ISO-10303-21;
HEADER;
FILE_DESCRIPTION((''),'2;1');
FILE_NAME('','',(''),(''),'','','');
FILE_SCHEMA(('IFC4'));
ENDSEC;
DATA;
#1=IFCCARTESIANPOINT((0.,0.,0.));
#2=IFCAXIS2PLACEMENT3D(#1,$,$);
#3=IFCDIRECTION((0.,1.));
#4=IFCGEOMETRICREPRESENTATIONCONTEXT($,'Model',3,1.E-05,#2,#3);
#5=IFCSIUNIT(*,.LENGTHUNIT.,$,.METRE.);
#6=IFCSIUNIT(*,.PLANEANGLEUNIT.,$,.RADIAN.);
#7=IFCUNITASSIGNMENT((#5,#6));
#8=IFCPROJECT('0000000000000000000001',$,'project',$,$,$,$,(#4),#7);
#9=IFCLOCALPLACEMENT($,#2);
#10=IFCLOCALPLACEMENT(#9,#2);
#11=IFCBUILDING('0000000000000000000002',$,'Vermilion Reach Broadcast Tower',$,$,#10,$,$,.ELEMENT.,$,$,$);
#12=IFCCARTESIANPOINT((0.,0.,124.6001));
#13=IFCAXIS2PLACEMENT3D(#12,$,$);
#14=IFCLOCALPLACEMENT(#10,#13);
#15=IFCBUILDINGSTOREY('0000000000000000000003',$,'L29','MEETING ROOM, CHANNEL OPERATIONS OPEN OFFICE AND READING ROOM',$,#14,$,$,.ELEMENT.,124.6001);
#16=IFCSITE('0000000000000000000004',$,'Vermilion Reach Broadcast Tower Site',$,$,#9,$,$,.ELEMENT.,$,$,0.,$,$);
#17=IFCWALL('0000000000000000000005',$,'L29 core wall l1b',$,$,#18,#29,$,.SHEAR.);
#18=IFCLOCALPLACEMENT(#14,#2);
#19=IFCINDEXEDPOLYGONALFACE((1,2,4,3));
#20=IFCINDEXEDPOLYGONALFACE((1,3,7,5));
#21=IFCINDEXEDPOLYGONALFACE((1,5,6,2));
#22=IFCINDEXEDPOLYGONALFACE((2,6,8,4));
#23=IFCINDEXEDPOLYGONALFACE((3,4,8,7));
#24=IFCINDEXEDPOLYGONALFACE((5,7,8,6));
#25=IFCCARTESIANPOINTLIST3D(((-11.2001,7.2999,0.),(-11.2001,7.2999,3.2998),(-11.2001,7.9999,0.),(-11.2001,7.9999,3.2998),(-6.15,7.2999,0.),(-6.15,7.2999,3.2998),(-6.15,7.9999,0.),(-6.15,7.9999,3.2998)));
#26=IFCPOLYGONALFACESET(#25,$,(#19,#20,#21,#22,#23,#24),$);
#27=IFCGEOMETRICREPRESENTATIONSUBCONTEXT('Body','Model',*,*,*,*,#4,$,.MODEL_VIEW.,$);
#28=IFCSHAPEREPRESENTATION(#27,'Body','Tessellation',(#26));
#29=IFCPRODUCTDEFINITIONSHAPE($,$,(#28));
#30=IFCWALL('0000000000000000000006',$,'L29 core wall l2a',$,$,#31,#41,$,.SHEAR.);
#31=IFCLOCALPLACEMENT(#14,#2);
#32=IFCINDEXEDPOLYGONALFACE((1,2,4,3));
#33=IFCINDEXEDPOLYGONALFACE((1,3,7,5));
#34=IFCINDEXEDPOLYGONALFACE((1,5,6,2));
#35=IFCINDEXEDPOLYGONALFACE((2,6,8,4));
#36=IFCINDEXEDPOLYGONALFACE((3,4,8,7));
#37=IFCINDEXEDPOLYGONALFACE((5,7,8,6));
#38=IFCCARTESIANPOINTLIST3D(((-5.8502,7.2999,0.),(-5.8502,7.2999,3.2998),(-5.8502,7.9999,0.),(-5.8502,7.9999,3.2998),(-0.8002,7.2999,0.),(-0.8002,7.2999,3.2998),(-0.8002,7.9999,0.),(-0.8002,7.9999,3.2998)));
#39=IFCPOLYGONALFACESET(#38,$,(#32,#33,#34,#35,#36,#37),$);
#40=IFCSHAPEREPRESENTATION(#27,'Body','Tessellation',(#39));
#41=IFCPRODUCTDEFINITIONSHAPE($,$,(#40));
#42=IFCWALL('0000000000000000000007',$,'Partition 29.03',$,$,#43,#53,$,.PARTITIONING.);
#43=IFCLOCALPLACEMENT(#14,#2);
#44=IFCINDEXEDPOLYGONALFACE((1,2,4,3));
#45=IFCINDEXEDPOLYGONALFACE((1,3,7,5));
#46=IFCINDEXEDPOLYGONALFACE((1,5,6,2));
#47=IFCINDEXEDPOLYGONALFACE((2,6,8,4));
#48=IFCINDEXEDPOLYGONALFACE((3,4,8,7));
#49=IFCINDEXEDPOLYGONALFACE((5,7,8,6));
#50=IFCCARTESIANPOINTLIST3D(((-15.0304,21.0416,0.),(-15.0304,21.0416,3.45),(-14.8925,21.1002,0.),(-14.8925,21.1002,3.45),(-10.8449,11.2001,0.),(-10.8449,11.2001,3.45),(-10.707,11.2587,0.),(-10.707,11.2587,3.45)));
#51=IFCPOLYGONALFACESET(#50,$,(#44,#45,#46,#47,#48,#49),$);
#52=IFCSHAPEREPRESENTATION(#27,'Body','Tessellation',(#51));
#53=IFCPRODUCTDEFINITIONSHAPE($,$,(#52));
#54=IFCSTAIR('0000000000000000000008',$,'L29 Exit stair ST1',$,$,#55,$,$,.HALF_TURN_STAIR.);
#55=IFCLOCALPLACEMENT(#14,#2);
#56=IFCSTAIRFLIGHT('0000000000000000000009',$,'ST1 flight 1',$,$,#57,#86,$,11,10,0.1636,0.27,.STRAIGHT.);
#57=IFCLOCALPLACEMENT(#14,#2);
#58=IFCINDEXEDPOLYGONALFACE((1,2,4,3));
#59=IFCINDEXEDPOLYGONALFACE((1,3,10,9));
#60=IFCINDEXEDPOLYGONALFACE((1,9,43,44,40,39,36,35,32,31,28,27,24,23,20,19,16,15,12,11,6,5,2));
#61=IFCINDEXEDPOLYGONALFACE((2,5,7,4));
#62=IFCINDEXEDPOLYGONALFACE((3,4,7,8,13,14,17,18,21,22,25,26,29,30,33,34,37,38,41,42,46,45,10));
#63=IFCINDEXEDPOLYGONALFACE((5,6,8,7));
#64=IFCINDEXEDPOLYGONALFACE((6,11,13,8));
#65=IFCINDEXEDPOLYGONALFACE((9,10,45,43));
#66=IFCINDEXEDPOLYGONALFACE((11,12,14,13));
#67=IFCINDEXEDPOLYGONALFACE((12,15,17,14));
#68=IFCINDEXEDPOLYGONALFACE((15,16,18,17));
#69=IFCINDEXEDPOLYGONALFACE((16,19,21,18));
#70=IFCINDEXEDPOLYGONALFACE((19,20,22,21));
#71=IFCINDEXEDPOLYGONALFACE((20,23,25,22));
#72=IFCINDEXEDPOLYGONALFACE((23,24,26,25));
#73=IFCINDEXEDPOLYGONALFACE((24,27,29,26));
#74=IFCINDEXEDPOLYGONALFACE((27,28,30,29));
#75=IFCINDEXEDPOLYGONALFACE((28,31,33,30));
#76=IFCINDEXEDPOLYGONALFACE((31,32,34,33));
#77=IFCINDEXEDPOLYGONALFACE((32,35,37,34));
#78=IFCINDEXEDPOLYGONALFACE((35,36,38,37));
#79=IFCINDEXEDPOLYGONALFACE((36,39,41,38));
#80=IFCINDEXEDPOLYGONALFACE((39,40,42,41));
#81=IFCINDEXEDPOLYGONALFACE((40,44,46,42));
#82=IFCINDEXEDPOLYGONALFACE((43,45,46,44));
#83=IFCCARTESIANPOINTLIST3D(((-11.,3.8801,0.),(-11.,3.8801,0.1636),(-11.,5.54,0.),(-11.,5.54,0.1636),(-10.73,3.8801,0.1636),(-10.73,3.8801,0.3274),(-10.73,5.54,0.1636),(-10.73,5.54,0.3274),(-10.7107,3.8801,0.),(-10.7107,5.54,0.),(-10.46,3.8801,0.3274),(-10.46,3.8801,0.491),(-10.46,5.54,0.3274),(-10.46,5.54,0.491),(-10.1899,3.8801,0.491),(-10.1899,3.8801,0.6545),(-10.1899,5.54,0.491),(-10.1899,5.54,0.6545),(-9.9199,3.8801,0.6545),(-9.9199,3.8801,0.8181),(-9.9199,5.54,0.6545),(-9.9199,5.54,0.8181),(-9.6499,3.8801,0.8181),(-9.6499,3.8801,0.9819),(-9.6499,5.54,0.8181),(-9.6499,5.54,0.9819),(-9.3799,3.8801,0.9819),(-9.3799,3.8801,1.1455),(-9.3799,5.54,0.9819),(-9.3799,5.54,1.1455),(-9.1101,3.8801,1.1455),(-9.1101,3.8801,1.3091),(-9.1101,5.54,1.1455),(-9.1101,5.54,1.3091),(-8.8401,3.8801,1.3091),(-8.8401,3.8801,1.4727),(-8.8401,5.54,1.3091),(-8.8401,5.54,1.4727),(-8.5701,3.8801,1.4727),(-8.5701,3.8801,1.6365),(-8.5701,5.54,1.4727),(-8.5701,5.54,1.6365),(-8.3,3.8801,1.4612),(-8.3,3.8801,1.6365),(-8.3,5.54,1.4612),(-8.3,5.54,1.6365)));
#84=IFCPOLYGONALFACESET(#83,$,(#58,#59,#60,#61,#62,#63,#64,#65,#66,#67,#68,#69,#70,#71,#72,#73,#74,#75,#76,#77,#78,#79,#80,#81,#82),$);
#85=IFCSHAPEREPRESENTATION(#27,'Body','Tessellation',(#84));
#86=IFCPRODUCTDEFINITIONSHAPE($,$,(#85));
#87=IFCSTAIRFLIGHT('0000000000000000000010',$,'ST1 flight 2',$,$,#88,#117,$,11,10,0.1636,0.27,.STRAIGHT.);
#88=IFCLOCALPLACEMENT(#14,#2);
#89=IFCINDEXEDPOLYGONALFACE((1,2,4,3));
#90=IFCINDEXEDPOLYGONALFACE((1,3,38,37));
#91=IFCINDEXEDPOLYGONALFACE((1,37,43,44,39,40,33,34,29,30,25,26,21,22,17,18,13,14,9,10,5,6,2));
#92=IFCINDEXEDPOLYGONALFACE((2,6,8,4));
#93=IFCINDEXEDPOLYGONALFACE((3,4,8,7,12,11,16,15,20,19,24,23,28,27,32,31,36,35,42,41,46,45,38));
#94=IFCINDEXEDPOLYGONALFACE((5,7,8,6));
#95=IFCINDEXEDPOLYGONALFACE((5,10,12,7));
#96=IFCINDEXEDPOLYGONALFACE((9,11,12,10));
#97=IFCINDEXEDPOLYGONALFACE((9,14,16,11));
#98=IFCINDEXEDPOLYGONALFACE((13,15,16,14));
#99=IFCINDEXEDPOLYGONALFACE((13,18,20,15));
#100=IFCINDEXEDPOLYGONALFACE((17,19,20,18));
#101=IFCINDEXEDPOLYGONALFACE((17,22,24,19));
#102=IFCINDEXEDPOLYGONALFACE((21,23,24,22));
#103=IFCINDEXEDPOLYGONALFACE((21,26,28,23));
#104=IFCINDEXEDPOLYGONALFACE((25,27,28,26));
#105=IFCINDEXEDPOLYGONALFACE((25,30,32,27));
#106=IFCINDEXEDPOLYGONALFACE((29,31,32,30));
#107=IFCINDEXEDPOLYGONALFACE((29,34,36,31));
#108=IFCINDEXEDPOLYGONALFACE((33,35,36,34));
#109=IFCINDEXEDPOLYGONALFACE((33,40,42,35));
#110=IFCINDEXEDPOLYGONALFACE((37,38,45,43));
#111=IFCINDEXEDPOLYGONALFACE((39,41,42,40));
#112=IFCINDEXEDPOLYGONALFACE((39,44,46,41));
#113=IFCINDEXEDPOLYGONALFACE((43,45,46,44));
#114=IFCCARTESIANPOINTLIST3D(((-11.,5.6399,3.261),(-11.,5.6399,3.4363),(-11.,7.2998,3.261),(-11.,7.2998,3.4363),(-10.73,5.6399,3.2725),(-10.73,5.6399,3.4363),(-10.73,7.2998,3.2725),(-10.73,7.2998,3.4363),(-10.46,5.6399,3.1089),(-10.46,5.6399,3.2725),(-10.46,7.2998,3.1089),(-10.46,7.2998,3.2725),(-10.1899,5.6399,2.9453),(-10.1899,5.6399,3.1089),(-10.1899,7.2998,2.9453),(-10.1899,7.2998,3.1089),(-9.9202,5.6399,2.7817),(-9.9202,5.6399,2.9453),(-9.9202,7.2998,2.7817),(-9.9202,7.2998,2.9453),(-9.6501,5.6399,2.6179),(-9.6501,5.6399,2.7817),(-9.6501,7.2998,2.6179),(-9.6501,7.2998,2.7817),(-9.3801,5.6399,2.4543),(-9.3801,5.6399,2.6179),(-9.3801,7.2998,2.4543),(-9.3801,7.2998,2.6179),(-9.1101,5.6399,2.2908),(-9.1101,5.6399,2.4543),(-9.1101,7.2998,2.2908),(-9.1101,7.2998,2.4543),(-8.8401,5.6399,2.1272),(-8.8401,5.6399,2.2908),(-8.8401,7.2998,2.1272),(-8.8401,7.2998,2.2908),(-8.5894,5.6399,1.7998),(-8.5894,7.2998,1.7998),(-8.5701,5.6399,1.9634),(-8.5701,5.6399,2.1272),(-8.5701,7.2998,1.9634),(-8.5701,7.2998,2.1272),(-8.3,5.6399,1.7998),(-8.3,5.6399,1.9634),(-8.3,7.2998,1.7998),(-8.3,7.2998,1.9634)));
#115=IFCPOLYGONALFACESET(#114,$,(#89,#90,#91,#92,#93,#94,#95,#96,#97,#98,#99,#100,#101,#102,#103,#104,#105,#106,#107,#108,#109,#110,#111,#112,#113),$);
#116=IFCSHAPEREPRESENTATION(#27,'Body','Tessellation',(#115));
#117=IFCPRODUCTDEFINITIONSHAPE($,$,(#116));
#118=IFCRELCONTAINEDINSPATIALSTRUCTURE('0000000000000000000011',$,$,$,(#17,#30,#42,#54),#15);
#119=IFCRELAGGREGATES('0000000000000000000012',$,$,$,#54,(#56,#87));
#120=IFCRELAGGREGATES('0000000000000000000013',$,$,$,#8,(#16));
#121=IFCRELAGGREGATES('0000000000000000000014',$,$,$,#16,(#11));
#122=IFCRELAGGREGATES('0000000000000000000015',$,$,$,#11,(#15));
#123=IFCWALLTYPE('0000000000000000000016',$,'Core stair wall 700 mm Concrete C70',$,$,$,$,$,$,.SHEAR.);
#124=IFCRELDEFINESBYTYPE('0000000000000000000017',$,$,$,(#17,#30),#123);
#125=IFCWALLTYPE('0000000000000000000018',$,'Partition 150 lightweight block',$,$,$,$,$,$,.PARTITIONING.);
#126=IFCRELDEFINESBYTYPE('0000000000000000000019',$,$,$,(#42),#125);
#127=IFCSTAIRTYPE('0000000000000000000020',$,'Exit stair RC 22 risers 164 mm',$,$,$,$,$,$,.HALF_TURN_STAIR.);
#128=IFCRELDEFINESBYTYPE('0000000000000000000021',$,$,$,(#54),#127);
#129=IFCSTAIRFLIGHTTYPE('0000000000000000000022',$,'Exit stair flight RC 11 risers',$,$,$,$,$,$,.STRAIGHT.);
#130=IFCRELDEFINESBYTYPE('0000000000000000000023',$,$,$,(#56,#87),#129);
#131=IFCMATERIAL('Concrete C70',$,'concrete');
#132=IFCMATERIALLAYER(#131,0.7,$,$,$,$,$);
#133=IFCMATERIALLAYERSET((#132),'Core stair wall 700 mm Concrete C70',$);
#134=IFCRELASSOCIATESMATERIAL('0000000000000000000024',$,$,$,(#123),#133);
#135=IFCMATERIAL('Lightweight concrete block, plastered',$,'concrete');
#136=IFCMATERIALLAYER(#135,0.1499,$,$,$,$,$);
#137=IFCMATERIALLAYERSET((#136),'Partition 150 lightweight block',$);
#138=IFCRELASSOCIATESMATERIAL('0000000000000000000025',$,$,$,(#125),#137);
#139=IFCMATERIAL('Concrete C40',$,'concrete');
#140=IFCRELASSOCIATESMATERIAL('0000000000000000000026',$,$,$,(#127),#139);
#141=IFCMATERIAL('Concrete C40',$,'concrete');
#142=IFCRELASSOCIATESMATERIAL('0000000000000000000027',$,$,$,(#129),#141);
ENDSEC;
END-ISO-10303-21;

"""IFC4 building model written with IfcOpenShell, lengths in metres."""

from ifc_helpers import new_model, si_unit, direction, frame, frame_2d, origin, place, context, subcontext, project, spatial, polyline, rectangle, outline, extrude, material, layer, layer_set, type_object, element, aggregate, save


model = new_model("IFC4")

# Units and contexts
model_context = context("Model", 3, precision=1e-05, world=origin(), true_north=direction((0.0, 1.0)))
body_context = subcontext(model_context, "Body", "Model", "MODEL_VIEW")
ifc_project = project(units=[si_unit("LENGTHUNIT", "METRE"), si_unit("PLANEANGLEUNIT", "RADIAN")], contexts=[model_context])

# Site, building, storey
site_placement = place(None, origin())
site = spatial("IfcSite", under=ifc_project, at=site_placement, Name="Vermilion Reach Broadcast Tower Site", CompositionType="ELEMENT", RefElevation=0.0)
building_placement = place(site_placement, origin())
building = spatial("IfcBuilding", under=site, at=building_placement, Name="Vermilion Reach Broadcast Tower", CompositionType="ELEMENT")
storey_placement = place(building_placement, frame((0.0, 0.0, 124.6001)))
storey = spatial("IfcBuildingStorey", under=building, at=storey_placement, Name="L29", Description="MEETING ROOM, CHANNEL OPERATIONS OPEN OFFICE AND READING ROOM", CompositionType="ELEMENT", Elevation=124.6001)

# Shared definitions
placement = place(storey_placement, origin())

# Walls
ifc_material_1 = material(Name="Concrete C70", Category="concrete")
ifc_layer_1 = layer(ifc_material_1, 0.7)
ifc_layer_set_1 = layer_set([ifc_layer_1], Name="Core stair wall 700 mm Concrete C70")
wall_type_1 = type_object("IfcWallType", Name="Core stair wall 700 mm Concrete C70", PredefinedType="SHEAR", material=ifc_layer_set_1)
for number, where, z_axis, x_axis, name in (
    (1, (-11.2, 7.6499, 0.0), (0.0, 0.0, 1.0), (1.0, 0.0, 0.0), "L29 core wall l1b"),
    (2, (-5.8501, 7.6499, 0.0), (0.0, 0.0, 1.0), (1.0, 0.0, 0.0), "L29 core wall l2a"),
):
    element("IfcWall", number, at=place(storey_placement, frame(where, z_axis=z_axis, x_axis=x_axis)), inside=storey, type_object=wall_type_1, Name=name, PredefinedType="SHEAR", context=body_context, shape_type="SweptSolid", body=[
        extrude(rectangle(XDim=5.05, YDim=0.7, at=frame_2d((2.5249, 0.0))), origin(), (0.0, 0.0, 1.0), 3.2998),
    ])
ifc_material_2 = material(Name="Lightweight concrete block, plastered", Category="concrete")
ifc_layer_2 = layer(ifc_material_2, 0.1499)
ifc_layer_set_2 = layer_set([ifc_layer_2], Name="Partition 150 lightweight block")
wall_type_2 = type_object("IfcWallType", Name="Partition 150 lightweight block", PredefinedType="PARTITIONING", material=ifc_layer_set_2)
wall_1_placement = place(storey_placement, frame((-14.9614, 21.0708, 0.0), z_axis=(0.0, 0.0, 1.0), x_axis=(0.391369, -0.920234, 0.0)))
element("IfcWall", 3, at=wall_1_placement, inside=storey, type_object=wall_type_2, Name="Partition 29.03", PredefinedType="PARTITIONING", context=body_context, shape_type="SweptSolid", body=[
    extrude(rectangle(XDim=10.6946, YDim=0.1499, at=frame_2d((5.3472, 0.0))), origin(), (0.0, 0.0, 1.0), 3.45),
])

# Stair, stair flights
ifc_material_3 = material(Name="Concrete C40", Category="concrete")
stair_type = type_object("IfcStairType", Name="Exit stair RC 22 risers 164 mm", PredefinedType="HALF_TURN_STAIR", material=ifc_material_3)
stair = element("IfcStair", 4, at=placement, inside=storey, type_object=stair_type, Name="L29 Exit stair ST1", PredefinedType="HALF_TURN_STAIR")
ifc_material_4 = material(Name="Concrete C40", Category="concrete")
stair_flight_type = type_object("IfcStairFlightType", Name="Exit stair flight RC 11 risers", PredefinedType="STRAIGHT", material=ifc_material_4)
stair_flight_1_placement = place(storey_placement, frame((-11.0, 4.71, 0.0), z_axis=(0.0, 0.0, 1.0), x_axis=(1.0, 0.0, 0.0)))
stair_flight_1 = element("IfcStairFlight", 5, at=stair_flight_1_placement, type_object=stair_flight_type, Name="ST1 flight 1", NumberOfRisers=11, NumberOfTreads=10, PredefinedType="STRAIGHT", RiserHeight=0.1636, TreadLength=0.27, context=body_context, shape_type="SweptSolid", body=[
    extrude(outline(polyline([(0.0, 0.0), (0.0, 0.1636), (0.27, 0.1636), (0.27, 0.3274), (0.54, 0.3274), (0.54, 0.491), (0.8101, 0.491), (0.8101, 0.6545), (1.0801, 0.6545), (1.0801, 0.8181), (1.3501, 0.8181), (1.3501, 0.9819), (1.6201, 0.9819), (1.6201, 1.1455), (1.8899, 1.1455), (1.8899, 1.3091), (2.1599, 1.3091), (2.1599, 1.4727), (2.4299, 1.4727), (2.4299, 1.6365), (2.7, 1.6365), (2.7, 1.8), (2.7, 1.4612), (0.2893, 0.0), (0.0, 0.0)])), frame((0.0, 0.8301, 0.0), z_axis=(0.0, -1.0, 0.0), x_axis=(1.0, 0.0, 0.0)), (0.0, 0.0, 1.0), 1.6599),
])
stair_flight_2_placement = place(storey_placement, frame((-8.3, 6.47, 1.7998), z_axis=(0.0, 0.0, 1.0), x_axis=(-1.0, 0.0, 0.0)))
stair_flight_2 = element("IfcStairFlight", 6, at=stair_flight_2_placement, type_object=stair_flight_type, Name="ST1 flight 2", NumberOfRisers=11, NumberOfTreads=10, PredefinedType="STRAIGHT", RiserHeight=0.1636, TreadLength=0.27, context=body_context, shape_type="SweptSolid", body=[
    extrude(outline(polyline([(0.0, 0.0), (0.0, 0.1636), (0.27, 0.1636), (0.27, 0.3274), (0.54, 0.3274), (0.54, 0.491), (0.8101, 0.491), (0.8101, 0.6545), (1.0801, 0.6545), (1.0801, 0.8181), (1.3501, 0.8181), (1.3501, 0.9819), (1.6201, 0.9819), (1.6201, 1.1455), (1.8899, 1.1455), (1.8899, 1.3091), (2.1599, 1.3091), (2.1599, 1.4727), (2.4299, 1.4727), (2.4299, 1.6365), (2.7, 1.6365), (2.7, 1.8), (2.7, 1.4612), (0.2893, 0.0), (0.0, 0.0)])), frame((0.0, 0.8301, 0.0), z_axis=(0.0, -1.0, 0.0), x_axis=(1.0, 0.0, 0.0)), (0.0, 0.0, 1.0), 1.6599),
])
aggregate(stair, [stair_flight_1, stair_flight_2])

save(model, "model.ifc")
